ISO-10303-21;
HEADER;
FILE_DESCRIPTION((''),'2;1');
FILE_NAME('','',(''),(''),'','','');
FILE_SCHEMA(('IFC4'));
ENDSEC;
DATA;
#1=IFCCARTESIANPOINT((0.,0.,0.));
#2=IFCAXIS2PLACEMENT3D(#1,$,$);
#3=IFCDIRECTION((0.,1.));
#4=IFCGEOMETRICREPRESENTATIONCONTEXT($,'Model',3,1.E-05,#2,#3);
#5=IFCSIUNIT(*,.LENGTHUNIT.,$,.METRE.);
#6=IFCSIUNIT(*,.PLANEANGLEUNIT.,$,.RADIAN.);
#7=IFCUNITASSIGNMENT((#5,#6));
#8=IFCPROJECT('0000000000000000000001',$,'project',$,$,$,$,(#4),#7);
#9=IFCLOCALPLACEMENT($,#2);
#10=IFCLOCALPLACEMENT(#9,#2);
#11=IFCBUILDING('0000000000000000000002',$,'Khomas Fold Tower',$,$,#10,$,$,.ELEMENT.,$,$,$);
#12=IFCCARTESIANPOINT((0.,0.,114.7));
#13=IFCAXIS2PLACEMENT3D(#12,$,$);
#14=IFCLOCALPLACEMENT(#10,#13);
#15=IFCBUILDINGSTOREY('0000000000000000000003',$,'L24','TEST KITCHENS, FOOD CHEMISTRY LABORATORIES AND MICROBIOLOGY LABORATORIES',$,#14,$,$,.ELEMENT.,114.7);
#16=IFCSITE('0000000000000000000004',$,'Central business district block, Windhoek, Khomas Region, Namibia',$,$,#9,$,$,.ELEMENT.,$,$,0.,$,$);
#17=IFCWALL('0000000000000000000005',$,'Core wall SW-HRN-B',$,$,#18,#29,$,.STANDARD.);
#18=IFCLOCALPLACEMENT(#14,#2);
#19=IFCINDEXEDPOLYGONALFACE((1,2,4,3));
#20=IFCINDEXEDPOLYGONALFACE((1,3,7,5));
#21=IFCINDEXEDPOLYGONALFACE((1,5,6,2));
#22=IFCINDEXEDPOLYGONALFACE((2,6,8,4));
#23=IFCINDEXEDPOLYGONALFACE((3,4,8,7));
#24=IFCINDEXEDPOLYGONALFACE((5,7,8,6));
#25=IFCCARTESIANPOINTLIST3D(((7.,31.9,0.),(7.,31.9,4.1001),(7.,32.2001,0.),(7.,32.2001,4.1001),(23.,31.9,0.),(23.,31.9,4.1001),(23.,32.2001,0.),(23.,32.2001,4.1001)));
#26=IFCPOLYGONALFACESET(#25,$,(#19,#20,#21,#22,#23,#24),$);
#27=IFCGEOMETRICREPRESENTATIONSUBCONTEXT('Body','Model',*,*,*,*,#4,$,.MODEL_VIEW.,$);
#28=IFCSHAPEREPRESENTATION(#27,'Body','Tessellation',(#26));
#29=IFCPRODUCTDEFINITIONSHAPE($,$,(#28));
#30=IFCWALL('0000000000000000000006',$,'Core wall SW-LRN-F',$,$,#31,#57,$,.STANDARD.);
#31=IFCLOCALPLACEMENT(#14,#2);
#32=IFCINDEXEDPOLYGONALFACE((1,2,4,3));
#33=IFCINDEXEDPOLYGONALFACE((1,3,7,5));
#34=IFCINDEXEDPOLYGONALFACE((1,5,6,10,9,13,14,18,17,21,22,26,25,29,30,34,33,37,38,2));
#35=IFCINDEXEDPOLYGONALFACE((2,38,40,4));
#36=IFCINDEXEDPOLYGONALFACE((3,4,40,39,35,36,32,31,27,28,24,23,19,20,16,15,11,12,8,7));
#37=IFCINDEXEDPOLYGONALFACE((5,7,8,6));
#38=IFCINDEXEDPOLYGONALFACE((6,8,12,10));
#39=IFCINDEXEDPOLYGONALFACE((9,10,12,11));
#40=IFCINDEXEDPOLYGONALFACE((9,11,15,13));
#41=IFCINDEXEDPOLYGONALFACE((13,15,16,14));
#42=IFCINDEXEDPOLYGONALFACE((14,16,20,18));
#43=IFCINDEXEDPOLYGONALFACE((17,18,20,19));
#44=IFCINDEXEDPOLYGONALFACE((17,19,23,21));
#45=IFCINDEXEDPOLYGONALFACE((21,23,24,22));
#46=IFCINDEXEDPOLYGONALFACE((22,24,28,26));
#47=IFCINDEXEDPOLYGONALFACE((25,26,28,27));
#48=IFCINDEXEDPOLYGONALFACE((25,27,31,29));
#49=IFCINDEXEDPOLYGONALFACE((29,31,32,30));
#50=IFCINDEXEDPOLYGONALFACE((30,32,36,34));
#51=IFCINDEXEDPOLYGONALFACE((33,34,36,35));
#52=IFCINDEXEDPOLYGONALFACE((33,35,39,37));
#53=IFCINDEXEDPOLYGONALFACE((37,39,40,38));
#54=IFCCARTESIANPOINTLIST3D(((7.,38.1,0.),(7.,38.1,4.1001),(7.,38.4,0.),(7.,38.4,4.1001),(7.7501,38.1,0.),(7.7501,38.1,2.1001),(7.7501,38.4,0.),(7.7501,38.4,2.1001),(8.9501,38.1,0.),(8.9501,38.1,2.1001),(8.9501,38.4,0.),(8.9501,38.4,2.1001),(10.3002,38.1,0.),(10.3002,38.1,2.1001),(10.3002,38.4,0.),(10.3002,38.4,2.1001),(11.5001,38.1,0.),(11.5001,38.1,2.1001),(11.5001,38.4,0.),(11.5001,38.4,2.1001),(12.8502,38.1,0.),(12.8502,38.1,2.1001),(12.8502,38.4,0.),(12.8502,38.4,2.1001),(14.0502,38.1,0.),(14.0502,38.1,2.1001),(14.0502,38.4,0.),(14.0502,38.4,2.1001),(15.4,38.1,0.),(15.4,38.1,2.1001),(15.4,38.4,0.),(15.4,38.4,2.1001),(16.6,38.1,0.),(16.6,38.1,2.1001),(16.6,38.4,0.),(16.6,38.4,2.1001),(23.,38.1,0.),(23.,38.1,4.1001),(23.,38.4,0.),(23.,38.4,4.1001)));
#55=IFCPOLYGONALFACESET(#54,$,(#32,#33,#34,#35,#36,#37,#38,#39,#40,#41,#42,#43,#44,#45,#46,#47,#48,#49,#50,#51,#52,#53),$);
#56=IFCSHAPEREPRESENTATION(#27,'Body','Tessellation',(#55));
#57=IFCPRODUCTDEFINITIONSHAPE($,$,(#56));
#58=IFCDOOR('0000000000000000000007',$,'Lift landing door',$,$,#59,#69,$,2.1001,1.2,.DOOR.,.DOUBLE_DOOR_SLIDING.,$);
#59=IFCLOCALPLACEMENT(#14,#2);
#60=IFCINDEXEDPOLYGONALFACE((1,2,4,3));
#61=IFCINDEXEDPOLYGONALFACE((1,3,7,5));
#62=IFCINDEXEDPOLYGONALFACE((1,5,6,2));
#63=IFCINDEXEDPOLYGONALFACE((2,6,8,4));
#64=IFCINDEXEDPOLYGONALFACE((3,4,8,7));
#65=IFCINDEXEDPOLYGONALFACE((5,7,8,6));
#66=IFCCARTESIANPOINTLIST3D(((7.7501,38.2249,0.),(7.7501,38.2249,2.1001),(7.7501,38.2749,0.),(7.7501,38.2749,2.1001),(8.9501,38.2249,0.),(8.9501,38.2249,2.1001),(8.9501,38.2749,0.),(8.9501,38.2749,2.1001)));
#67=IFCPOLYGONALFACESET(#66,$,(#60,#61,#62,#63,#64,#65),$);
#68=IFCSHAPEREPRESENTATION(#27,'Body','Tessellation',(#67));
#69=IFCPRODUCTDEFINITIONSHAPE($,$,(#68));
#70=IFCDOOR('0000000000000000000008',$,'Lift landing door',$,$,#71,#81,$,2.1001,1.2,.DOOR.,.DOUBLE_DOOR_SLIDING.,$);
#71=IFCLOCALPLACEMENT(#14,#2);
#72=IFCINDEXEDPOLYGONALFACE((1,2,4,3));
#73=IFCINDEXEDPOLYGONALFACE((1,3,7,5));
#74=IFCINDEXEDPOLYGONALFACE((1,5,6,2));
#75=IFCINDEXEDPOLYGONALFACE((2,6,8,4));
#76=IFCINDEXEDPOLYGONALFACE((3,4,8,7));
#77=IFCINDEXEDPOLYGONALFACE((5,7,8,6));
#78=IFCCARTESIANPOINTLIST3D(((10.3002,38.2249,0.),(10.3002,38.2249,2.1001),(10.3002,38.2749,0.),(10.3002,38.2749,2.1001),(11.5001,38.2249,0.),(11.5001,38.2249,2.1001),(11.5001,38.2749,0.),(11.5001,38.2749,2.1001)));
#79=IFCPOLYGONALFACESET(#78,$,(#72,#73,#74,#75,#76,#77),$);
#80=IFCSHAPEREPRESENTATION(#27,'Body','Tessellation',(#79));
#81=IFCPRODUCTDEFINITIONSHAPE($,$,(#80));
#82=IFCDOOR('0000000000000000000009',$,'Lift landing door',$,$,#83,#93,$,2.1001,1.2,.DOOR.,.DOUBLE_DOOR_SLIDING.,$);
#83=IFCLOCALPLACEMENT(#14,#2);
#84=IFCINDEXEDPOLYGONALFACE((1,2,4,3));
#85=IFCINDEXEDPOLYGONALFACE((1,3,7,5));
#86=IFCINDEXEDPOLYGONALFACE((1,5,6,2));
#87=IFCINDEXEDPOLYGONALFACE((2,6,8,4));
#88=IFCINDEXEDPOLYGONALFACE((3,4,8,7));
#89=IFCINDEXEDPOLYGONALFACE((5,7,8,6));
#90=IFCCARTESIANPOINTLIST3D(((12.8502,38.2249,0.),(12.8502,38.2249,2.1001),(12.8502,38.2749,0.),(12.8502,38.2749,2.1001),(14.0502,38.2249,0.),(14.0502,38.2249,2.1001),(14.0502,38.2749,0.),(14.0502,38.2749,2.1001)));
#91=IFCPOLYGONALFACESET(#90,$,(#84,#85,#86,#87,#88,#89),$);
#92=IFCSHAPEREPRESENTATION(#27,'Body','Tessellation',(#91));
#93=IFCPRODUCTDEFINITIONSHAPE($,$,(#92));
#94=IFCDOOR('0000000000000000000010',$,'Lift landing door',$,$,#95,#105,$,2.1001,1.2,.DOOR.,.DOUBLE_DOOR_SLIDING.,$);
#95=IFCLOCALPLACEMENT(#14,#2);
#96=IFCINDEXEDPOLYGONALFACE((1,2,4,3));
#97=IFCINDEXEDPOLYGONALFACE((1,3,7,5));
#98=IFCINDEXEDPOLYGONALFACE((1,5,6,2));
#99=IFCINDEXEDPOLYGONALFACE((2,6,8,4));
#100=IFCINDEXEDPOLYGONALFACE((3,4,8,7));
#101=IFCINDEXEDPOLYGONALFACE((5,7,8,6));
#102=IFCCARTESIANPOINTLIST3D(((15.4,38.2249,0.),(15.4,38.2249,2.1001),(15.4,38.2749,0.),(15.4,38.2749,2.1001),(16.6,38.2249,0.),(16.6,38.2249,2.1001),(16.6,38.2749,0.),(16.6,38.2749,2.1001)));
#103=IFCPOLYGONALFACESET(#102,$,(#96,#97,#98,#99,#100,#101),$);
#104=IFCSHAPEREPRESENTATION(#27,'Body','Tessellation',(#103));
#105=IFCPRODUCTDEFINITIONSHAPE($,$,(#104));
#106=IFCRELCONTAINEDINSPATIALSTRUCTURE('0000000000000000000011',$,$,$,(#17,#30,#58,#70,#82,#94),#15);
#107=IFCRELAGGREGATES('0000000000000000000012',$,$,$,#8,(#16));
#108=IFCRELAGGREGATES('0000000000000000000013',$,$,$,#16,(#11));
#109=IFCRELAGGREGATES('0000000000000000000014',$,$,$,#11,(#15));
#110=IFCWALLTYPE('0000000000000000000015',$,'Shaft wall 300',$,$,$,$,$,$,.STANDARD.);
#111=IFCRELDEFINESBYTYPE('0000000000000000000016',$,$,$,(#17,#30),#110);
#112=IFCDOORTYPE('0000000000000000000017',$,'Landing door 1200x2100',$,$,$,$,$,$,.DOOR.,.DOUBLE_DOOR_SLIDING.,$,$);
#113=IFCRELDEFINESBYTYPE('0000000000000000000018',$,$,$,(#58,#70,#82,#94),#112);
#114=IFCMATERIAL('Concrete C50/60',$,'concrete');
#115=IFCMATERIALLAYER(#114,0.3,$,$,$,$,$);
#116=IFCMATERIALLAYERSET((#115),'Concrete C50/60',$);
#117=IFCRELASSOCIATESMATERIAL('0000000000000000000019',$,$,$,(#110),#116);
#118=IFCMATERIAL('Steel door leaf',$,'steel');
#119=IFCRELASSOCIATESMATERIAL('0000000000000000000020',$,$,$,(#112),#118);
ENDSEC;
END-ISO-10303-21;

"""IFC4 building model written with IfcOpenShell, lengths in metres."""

from ifc_helpers import new_model, si_unit, direction, frame, frame_2d, origin, place, context, subcontext, project, spatial, rectangle, extrude, source, transform, mapped, material, layer, layer_set, type_object, element, fill, save


model = new_model("IFC4")

# Units and contexts
model_context = context("Model", 3, precision=1e-05, world=origin(), true_north=direction((0.0, 1.0)))
body_context = subcontext(model_context, "Body", "Model", "MODEL_VIEW")
ifc_project = project(units=[si_unit("LENGTHUNIT", "METRE"), si_unit("PLANEANGLEUNIT", "RADIAN")], contexts=[model_context])

# Site, building, storey
site_placement = place(None, origin())
site = spatial("IfcSite", under=ifc_project, at=site_placement, Name="Central business district block, Windhoek, Khomas Region, Namibia", CompositionType="ELEMENT", RefElevation=0.0)
building_placement = place(site_placement, origin())
building = spatial("IfcBuilding", under=site, at=building_placement, Name="Khomas Fold Tower", CompositionType="ELEMENT")
storey_placement = place(building_placement, frame((0.0, 0.0, 114.7)))
storey = spatial("IfcBuildingStorey", under=building, at=storey_placement, Name="L24", Description="TEST KITCHENS, FOOD CHEMISTRY LABORATORIES AND MICROBIOLOGY LABORATORIES", CompositionType="ELEMENT", Elevation=114.7)

# Wall
ifc_material_1 = material(Name="Concrete C50/60", Category="concrete")
ifc_layer_1 = layer(ifc_material_1, 0.3)
ifc_layer_set_1 = layer_set([ifc_layer_1], Name="Concrete C50/60")
wall_type_1 = type_object("IfcWallType", Name="Shaft wall 300", PredefinedType="STANDARD", material=ifc_layer_set_1)
shared_shape_1 = source(origin(), body_context, "Body", "SweptSolid", [
    extrude(rectangle(XDim=16.0, YDim=0.3, at=frame_2d((8.0, 0.0))), origin(), (0.0, 0.0, 1.0), 4.1001),
])
wall_1_placement = place(storey_placement, frame((7.0, 32.05, 0.0), z_axis=(0.0, 0.0, 1.0), x_axis=(1.0, 0.0, 0.0)))
element("IfcWall", 1, at=wall_1_placement, inside=storey, type_object=wall_type_1, Name="Core wall SW-HRN-B", PredefinedType="STANDARD", context=body_context, shape_type="MappedRepresentation", body=[
    mapped(shared_shape_1, transform((0.0, 0.0, 0.0))),
])

# Wall, openings, doors
wall_2_placement = place(storey_placement, frame((7.0, 38.25, 0.0), z_axis=(0.0, 0.0, 1.0), x_axis=(1.0, 0.0, 0.0)))
wall_2 = element("IfcWall", 2, at=wall_2_placement, inside=storey, type_object=wall_type_1, Name="Core wall SW-LRN-F", PredefinedType="STANDARD", context=body_context, shape_type="MappedRepresentation", body=[
    mapped(shared_shape_1, transform((0.0, 0.0, 0.0))),
])
shared_shape_2 = source(origin(), body_context, "Body", "SweptSolid", [
    extrude(rectangle(XDim=1.2, YDim=2.1001, at=frame_2d((0.6001, 1.05))), frame((0.0, 0.1599, 0.0), z_axis=(0.0, -1.0, 0.0), x_axis=(1.0, 0.0, 0.0)), (0.0, 0.0, 1.0), 0.3201),
])
opening_1_placement = place(wall_2_placement, frame((0.75, 0.0, 0.0)))
opening_1 = element("IfcOpeningElement", 3, at=opening_1_placement, cuts=wall_2, PredefinedType="OPENING", context=body_context, shape_type="MappedRepresentation", body=[
    mapped(shared_shape_2, transform((0.0, 0.0, 0.0))),
])
opening_2_placement = place(wall_2_placement, frame((3.3, 0.0, 0.0)))
opening_2 = element("IfcOpeningElement", 4, at=opening_2_placement, cuts=wall_2, PredefinedType="OPENING", context=body_context, shape_type="MappedRepresentation", body=[
    mapped(shared_shape_2, transform((0.0, 0.0, 0.0))),
])
opening_3_placement = place(wall_2_placement, frame((5.8501, 0.0, 0.0)))
opening_3 = element("IfcOpeningElement", 5, at=opening_3_placement, cuts=wall_2, PredefinedType="OPENING", context=body_context, shape_type="MappedRepresentation", body=[
    mapped(shared_shape_2, transform((0.0, 0.0, 0.0))),
])
opening_4_placement = place(wall_2_placement, frame((8.3999, 0.0, 0.0)))
opening_4 = element("IfcOpeningElement", 6, at=opening_4_placement, cuts=wall_2, PredefinedType="OPENING", context=body_context, shape_type="MappedRepresentation", body=[
    mapped(shared_shape_2, transform((0.0, 0.0, 0.0))),
])
ifc_material_2 = material(Name="Steel door leaf", Category="steel")
door_type_1 = type_object("IfcDoorType", Name="Landing door 1200x2100", OperationType="DOUBLE_DOOR_SLIDING", PredefinedType="DOOR", material=ifc_material_2)
shared_shape_3 = source(origin(), body_context, "Body", "SweptSolid", [
    extrude(rectangle(XDim=1.2, YDim=2.1001, at=frame_2d((0.6001, 1.05))), frame((0.0, 0.0249, 0.0), z_axis=(0.0, -1.0, 0.0), x_axis=(1.0, 0.0, 0.0)), (0.0, 0.0, 1.0), 0.05),
])
door_1_placement = place(opening_1_placement, origin())
door_1 = element("IfcDoor", 7, at=door_1_placement, inside=storey, type_object=door_type_1, Name="Lift landing door", OperationType="DOUBLE_DOOR_SLIDING", OverallHeight=2.1001, OverallWidth=1.2, PredefinedType="DOOR", context=body_context, shape_type="MappedRepresentation", body=[
    mapped(shared_shape_3, transform((0.0, 0.0, 0.0))),
])
fill(opening_1, door_1)
door_2_placement = place(opening_2_placement, origin())
door_2 = element("IfcDoor", 8, at=door_2_placement, inside=storey, type_object=door_type_1, Name="Lift landing door", OperationType="DOUBLE_DOOR_SLIDING", OverallHeight=2.1001, OverallWidth=1.2, PredefinedType="DOOR", context=body_context, shape_type="MappedRepresentation", body=[
    mapped(shared_shape_3, transform((0.0, 0.0, 0.0))),
])
fill(opening_2, door_2)
door_3_placement = place(opening_3_placement, origin())
door_3 = element("IfcDoor", 9, at=door_3_placement, inside=storey, type_object=door_type_1, Name="Lift landing door", OperationType="DOUBLE_DOOR_SLIDING", OverallHeight=2.1001, OverallWidth=1.2, PredefinedType="DOOR", context=body_context, shape_type="MappedRepresentation", body=[
    mapped(shared_shape_3, transform((0.0, 0.0, 0.0))),
])
fill(opening_3, door_3)
door_4_placement = place(opening_4_placement, origin())
door_4 = element("IfcDoor", 10, at=door_4_placement, inside=storey, type_object=door_type_1, Name="Lift landing door", OperationType="DOUBLE_DOOR_SLIDING", OverallHeight=2.1001, OverallWidth=1.2, PredefinedType="DOOR", context=body_context, shape_type="MappedRepresentation", body=[
    mapped(shared_shape_3, transform((0.0, 0.0, 0.0))),
])
fill(opening_4, door_4)

save(model, "model.ifc")
